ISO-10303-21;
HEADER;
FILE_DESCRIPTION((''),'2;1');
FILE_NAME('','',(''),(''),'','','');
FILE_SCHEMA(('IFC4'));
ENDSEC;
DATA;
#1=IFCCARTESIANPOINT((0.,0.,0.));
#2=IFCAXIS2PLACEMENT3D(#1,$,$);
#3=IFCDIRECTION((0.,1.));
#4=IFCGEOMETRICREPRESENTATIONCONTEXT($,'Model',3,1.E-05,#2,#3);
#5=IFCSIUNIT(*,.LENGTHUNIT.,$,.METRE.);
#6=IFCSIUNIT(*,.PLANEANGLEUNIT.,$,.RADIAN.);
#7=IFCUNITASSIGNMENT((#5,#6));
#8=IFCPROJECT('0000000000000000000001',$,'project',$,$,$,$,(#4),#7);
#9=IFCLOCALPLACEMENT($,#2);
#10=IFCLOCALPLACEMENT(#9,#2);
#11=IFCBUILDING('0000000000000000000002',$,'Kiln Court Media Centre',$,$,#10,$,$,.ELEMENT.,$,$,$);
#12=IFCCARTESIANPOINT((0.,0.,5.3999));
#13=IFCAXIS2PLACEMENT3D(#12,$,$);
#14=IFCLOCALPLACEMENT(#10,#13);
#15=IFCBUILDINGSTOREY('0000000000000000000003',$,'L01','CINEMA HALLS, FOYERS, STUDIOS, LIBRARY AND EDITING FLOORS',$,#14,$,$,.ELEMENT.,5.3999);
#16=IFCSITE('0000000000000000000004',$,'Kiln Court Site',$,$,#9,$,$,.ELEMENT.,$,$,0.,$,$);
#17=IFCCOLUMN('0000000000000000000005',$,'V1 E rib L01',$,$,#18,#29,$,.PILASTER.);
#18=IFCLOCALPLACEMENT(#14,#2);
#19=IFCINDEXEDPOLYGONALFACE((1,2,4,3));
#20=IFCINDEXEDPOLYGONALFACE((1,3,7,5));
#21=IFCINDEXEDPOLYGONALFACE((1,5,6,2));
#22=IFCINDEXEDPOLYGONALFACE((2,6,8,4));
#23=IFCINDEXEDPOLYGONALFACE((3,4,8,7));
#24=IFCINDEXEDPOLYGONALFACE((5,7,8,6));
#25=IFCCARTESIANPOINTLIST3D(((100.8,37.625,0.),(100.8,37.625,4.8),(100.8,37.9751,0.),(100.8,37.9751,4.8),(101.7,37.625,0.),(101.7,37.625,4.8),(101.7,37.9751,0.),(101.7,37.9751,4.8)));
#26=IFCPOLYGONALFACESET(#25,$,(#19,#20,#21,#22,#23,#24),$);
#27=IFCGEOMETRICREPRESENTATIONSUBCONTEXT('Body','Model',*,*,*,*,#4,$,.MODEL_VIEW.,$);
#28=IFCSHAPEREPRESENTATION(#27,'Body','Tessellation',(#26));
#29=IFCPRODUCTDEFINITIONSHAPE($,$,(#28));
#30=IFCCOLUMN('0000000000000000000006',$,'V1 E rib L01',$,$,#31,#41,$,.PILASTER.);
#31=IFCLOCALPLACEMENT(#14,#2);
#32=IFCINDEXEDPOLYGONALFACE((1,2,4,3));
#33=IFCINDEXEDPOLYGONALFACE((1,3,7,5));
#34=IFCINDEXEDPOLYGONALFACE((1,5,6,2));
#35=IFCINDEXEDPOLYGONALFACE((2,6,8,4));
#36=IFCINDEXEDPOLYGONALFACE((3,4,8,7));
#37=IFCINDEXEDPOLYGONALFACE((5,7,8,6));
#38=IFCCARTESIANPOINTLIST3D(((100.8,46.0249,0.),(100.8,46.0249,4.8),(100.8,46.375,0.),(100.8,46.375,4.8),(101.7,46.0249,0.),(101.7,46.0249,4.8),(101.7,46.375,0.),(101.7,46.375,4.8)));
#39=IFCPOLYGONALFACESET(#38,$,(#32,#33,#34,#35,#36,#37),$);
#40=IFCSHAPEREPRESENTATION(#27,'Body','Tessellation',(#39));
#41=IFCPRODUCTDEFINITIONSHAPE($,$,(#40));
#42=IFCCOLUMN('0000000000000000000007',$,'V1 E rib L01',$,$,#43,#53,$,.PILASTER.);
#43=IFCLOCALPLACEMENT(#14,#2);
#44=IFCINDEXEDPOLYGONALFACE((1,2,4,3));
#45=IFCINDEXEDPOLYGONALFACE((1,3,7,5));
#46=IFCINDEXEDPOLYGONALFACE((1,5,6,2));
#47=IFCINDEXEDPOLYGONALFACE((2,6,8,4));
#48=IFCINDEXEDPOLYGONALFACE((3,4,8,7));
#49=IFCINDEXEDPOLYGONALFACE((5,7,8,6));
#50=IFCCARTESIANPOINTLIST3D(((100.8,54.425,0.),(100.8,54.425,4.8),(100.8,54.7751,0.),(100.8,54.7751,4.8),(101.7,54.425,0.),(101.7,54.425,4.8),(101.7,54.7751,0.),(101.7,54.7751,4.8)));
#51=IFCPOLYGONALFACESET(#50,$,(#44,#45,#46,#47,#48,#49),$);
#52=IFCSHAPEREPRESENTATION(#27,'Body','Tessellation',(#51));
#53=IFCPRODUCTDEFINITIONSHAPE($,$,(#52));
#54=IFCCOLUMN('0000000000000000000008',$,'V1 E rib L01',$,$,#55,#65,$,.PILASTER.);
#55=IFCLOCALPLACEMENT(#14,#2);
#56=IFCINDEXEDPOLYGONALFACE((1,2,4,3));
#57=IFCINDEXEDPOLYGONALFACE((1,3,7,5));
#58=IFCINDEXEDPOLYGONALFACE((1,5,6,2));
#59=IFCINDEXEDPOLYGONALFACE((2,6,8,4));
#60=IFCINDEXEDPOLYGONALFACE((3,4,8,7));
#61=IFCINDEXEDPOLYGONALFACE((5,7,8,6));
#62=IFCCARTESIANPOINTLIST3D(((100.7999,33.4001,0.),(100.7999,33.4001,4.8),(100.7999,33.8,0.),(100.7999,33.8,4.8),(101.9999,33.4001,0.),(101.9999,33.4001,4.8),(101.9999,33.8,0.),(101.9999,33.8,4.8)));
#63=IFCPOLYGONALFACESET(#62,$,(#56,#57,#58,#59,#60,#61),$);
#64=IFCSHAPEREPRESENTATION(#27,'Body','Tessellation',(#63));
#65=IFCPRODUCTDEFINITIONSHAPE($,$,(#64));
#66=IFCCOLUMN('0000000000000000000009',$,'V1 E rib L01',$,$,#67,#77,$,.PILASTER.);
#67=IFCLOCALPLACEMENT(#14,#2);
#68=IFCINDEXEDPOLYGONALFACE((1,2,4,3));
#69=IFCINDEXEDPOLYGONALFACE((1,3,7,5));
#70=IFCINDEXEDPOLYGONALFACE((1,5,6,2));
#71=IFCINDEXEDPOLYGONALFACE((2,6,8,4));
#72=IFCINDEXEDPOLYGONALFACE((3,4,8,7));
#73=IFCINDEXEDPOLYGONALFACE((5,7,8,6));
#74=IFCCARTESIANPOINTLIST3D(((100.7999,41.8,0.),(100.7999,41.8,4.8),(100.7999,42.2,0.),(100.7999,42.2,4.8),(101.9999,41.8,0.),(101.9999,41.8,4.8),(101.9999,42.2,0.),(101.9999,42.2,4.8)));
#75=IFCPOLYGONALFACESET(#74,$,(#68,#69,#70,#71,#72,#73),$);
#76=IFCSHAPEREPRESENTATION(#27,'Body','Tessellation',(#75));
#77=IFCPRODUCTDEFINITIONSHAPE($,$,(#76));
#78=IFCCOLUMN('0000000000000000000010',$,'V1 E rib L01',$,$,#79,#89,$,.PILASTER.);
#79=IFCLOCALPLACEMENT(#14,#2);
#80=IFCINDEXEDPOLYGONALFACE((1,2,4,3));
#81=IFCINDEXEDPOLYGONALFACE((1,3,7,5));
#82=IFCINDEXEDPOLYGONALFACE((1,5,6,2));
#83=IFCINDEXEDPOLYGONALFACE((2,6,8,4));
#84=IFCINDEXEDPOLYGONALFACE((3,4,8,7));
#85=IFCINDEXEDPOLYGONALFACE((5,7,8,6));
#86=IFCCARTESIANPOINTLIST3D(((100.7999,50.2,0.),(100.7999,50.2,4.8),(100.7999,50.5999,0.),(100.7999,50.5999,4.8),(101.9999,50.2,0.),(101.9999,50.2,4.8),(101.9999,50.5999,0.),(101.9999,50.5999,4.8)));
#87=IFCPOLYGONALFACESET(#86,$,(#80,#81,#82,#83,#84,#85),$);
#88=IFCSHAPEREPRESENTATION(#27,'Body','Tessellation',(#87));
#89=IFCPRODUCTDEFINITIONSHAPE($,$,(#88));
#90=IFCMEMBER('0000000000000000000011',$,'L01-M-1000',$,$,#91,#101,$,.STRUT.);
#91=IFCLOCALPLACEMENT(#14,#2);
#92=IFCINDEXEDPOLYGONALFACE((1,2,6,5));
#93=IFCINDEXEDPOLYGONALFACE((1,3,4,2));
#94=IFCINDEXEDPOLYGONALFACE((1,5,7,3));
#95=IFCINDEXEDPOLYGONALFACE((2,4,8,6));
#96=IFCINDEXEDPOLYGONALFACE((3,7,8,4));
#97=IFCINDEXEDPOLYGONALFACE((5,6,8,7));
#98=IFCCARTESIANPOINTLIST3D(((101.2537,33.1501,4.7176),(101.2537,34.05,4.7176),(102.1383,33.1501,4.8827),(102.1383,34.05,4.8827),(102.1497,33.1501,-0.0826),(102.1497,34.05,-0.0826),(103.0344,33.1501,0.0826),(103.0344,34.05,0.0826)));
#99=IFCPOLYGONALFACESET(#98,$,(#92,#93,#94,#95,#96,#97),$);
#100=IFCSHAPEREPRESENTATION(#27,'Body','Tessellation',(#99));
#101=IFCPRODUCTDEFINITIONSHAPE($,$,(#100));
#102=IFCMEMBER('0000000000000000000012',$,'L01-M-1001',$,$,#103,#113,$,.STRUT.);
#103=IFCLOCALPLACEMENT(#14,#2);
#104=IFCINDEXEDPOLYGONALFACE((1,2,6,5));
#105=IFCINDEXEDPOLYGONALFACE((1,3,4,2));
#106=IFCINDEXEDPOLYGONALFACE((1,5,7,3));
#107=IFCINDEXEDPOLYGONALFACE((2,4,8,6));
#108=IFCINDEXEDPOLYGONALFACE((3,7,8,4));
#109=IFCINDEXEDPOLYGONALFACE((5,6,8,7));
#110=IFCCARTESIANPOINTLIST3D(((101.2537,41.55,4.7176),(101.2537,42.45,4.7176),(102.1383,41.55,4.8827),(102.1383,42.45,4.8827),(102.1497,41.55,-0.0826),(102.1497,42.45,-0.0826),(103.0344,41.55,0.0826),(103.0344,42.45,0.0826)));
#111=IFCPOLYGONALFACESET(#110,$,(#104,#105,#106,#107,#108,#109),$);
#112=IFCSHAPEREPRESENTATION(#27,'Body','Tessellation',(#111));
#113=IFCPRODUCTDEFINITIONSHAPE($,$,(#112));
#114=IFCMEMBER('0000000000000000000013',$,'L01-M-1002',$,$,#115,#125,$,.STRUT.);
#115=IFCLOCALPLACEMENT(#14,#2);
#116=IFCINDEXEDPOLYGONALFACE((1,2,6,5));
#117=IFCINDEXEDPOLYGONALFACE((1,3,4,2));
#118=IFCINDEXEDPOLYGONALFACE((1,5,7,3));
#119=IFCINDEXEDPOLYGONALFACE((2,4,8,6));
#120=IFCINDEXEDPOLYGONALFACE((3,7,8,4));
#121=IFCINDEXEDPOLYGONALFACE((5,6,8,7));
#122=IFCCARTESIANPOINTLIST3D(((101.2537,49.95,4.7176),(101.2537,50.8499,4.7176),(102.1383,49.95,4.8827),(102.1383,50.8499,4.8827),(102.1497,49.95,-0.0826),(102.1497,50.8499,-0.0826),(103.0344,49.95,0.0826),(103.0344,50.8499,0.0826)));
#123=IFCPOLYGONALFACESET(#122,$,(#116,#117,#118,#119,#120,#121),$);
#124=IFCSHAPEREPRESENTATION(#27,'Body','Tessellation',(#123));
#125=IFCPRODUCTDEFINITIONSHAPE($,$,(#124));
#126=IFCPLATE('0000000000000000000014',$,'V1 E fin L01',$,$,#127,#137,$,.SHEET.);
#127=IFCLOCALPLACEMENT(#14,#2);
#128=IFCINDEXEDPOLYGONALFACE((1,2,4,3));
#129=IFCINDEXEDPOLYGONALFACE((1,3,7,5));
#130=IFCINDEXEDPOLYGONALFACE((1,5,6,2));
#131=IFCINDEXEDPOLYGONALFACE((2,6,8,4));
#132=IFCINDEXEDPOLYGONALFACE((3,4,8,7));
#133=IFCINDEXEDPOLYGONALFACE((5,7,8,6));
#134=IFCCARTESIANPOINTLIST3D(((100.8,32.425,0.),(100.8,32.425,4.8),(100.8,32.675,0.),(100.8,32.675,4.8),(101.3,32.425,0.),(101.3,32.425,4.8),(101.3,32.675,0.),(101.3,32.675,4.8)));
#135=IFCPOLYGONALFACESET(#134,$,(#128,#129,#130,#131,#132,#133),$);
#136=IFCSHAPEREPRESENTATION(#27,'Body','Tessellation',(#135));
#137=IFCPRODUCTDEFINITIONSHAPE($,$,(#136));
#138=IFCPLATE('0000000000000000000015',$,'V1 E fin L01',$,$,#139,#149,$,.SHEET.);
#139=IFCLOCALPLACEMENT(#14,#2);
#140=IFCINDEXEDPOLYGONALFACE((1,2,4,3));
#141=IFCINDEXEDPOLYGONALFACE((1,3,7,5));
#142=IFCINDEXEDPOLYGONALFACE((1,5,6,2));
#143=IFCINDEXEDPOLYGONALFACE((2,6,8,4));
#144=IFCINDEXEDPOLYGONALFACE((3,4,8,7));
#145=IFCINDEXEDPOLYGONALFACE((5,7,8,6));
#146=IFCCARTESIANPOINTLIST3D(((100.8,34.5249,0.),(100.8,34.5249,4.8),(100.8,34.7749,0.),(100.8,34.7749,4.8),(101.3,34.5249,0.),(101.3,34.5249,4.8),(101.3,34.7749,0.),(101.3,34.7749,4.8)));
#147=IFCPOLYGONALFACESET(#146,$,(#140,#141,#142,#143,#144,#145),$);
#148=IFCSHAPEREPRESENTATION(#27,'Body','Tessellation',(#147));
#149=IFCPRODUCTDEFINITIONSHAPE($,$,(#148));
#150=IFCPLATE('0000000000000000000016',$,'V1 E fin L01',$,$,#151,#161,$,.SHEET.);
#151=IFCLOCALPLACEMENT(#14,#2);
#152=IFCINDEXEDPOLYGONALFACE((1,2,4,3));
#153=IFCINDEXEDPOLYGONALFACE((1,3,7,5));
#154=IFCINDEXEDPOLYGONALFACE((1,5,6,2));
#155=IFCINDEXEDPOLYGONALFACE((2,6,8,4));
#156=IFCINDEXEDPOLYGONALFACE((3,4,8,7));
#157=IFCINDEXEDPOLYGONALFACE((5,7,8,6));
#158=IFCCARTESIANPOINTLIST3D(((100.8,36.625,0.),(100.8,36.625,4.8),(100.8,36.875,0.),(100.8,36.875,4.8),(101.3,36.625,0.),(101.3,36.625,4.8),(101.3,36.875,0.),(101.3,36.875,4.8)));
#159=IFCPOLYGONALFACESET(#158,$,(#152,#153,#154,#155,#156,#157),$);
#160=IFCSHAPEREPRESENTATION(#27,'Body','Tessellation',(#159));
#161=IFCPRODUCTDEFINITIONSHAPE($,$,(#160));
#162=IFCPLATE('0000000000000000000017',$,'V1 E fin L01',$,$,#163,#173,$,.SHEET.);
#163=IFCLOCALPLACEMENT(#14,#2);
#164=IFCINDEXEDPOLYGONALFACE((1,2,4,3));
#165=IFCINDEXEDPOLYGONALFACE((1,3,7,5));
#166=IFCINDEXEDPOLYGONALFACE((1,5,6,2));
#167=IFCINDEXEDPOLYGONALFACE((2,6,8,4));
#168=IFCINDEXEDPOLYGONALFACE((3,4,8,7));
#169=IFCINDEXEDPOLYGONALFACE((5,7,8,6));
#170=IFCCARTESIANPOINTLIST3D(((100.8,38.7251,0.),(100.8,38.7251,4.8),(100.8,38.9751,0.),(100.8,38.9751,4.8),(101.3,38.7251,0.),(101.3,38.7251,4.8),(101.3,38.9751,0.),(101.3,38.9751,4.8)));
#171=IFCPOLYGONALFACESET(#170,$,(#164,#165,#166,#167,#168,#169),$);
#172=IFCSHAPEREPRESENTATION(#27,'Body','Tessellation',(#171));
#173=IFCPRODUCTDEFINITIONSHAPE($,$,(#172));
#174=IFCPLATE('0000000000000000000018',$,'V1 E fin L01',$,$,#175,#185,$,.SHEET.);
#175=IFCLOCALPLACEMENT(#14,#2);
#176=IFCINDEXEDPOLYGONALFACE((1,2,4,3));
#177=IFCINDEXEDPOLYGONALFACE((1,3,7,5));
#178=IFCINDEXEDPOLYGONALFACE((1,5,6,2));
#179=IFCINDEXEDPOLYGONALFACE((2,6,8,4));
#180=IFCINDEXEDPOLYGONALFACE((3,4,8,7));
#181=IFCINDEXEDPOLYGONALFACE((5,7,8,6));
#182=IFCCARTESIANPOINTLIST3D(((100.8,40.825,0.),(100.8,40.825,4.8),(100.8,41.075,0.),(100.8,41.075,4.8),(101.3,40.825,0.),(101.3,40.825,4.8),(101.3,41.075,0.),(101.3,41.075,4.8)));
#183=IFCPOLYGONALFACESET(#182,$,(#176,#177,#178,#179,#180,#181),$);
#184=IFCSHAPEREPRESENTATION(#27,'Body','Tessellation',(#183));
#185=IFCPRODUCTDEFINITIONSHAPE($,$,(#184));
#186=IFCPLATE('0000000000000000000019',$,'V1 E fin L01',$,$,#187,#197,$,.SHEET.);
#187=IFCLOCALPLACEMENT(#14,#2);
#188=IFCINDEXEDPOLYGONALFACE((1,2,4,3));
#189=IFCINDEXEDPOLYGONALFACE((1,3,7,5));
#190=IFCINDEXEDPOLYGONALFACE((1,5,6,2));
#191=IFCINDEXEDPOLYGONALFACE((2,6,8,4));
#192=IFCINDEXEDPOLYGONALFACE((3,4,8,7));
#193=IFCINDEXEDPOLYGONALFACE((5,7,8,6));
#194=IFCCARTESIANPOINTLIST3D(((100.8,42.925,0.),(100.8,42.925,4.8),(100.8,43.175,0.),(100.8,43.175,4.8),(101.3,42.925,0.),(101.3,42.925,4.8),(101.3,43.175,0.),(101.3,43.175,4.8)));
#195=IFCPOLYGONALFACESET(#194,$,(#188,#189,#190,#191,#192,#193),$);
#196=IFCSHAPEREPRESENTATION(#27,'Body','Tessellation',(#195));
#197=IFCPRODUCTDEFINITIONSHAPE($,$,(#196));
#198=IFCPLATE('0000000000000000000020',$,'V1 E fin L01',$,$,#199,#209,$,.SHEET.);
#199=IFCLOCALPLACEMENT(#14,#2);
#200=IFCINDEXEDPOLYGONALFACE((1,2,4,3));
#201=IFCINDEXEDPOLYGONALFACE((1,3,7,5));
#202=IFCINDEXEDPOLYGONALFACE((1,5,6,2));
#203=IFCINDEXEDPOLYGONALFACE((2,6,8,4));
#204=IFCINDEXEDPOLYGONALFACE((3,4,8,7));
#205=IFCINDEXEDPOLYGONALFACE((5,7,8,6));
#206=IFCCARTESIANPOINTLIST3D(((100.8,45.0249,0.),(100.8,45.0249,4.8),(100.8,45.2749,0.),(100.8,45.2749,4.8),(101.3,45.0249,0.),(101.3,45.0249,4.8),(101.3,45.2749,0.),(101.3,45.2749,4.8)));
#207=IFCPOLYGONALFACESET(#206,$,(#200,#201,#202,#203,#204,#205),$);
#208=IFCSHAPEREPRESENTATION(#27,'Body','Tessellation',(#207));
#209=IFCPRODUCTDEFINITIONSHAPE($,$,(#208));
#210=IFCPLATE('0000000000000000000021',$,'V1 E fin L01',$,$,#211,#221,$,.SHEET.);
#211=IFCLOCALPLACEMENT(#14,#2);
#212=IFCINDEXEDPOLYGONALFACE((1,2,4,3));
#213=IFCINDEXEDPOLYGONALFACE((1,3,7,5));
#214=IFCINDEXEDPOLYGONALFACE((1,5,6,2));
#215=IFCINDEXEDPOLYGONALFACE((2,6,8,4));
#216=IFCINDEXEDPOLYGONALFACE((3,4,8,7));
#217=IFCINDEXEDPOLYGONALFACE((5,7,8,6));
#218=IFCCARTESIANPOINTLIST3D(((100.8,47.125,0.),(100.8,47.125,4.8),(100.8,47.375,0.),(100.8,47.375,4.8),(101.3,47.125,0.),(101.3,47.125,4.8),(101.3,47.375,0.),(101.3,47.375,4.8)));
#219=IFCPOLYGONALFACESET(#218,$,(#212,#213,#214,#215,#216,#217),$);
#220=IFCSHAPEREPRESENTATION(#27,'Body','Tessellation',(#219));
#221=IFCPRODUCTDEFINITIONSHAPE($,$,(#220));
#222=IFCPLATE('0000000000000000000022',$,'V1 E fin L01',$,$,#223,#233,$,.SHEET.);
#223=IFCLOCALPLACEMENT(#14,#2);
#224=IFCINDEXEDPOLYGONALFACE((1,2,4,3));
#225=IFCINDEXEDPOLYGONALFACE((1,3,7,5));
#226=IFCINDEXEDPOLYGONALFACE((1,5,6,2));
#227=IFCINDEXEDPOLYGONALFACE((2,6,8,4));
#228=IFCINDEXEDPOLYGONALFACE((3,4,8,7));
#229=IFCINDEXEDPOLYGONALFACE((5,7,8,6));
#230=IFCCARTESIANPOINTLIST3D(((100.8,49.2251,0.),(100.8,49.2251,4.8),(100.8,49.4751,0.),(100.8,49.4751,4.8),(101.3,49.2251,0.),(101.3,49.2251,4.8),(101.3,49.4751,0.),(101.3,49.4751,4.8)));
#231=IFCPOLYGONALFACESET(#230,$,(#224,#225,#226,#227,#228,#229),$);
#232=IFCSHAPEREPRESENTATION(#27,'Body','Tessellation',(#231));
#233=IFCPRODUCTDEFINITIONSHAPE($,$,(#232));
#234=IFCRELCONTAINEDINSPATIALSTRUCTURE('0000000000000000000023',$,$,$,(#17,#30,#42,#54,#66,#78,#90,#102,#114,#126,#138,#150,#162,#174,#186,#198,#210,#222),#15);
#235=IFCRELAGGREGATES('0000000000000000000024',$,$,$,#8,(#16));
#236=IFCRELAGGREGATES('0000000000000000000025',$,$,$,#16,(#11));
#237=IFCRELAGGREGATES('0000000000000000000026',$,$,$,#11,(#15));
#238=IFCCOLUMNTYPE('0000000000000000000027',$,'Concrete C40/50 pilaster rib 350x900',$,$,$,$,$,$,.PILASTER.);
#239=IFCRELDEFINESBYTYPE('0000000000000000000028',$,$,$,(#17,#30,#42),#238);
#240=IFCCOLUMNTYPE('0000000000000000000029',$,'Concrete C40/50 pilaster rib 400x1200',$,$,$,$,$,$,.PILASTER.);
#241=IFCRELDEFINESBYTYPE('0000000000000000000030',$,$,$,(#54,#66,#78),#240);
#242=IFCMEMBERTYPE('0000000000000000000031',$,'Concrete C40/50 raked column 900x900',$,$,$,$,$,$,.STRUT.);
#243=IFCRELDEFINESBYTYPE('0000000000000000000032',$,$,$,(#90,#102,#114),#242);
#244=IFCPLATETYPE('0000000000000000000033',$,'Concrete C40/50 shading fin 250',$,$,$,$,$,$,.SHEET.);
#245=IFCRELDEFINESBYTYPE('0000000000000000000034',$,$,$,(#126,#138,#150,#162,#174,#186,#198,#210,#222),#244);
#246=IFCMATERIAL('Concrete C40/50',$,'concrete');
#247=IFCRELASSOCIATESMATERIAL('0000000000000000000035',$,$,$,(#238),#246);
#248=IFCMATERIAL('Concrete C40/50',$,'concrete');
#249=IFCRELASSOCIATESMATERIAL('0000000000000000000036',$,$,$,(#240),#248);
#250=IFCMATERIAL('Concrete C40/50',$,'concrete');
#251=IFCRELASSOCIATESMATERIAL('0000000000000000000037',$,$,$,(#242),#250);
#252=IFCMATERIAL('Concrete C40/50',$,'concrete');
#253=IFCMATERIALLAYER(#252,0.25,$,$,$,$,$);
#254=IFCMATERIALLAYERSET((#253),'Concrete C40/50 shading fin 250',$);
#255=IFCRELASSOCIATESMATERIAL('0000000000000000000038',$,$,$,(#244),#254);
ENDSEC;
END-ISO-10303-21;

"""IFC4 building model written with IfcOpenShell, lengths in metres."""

from ifc_helpers import new_model, si_unit, direction, frame, origin, origin_2d, place, context, subcontext, project, spatial, rectangle, extrude, material, layer, layer_set, material_profile, profile_set, type_object, element, save


model = new_model("IFC4")

# Units and contexts
model_context = context("Model", 3, precision=1e-05, world=origin(), true_north=direction((0.0, 1.0)))
body_context = subcontext(model_context, "Body", "Model", "MODEL_VIEW")
ifc_project = project(units=[si_unit("LENGTHUNIT", "METRE"), si_unit("PLANEANGLEUNIT", "RADIAN")], contexts=[model_context])

# Site, building, storey
site_placement = place(None, origin())
site = spatial("IfcSite", under=ifc_project, at=site_placement, Name="Kiln Court Site", CompositionType="ELEMENT", RefElevation=0.0)
building_placement = place(site_placement, origin())
building = spatial("IfcBuilding", under=site, at=building_placement, Name="Kiln Court Media Centre", CompositionType="ELEMENT")
storey_placement = place(building_placement, frame((0.0, 0.0, 5.3999)))
storey = spatial("IfcBuildingStorey", under=building, at=storey_placement, Name="L01", Description="CINEMA HALLS, FOYERS, STUDIOS, LIBRARY AND EDITING FLOORS", CompositionType="ELEMENT", Elevation=5.3999)

# Columns
ifc_material_1 = material(Name="Concrete C40/50", Category="concrete")
ifc_material_profile_1 = material_profile(ifc_material_1, rectangle(XDim=0.3501, YDim=0.8999, at=origin_2d()), Name="RC 350x900")
ifc_profile_set_1 = profile_set([ifc_material_profile_1], Name="Concrete C40/50")
column_type_1 = type_object("IfcColumnType", Name="Concrete C40/50 pilaster rib 350x900", PredefinedType="PILASTER", material=ifc_profile_set_1)
for number, where, z_axis, x_axis, name in (
    (1, (101.25, 37.8, 0.0), (0.0, 0.0, 1.0), (0.0, 1.0, 0.0), "V1 E rib L01"),
    (2, (101.25, 46.2, 0.0), (0.0, 0.0, 1.0), (0.0, 1.0, 0.0), "V1 E rib L01"),
    (3, (101.25, 54.6001, 0.0), (0.0, 0.0, 1.0), (0.0, 1.0, 0.0), "V1 E rib L01"),
):
    element("IfcColumn", number, at=place(storey_placement, frame(where, z_axis=z_axis, x_axis=x_axis)), inside=storey, type_object=column_type_1, Name=name, PredefinedType="PILASTER", context=body_context, shape_type="SweptSolid", body=[
        extrude(rectangle(XDim=0.3501, YDim=0.8999, at=origin_2d()), origin(), (0.0, 0.0, 1.0), 4.8),
    ])
ifc_material_2 = material(Name="Concrete C40/50", Category="concrete")
ifc_material_profile_2 = material_profile(ifc_material_2, rectangle(XDim=0.3999, YDim=1.2, at=origin_2d()), Name="RC 400x1200")
ifc_profile_set_2 = profile_set([ifc_material_profile_2], Name="Concrete C40/50")
column_type_2 = type_object("IfcColumnType", Name="Concrete C40/50 pilaster rib 400x1200", PredefinedType="PILASTER", material=ifc_profile_set_2)
for number, where, z_axis, x_axis, name in (
    (4, (101.3999, 33.6001, 0.0), (0.0, 0.0, 1.0), (0.0, 1.0, 0.0), "V1 E rib L01"),
    (5, (101.3999, 42.0, 0.0), (0.0, 0.0, 1.0), (0.0, 1.0, 0.0), "V1 E rib L01"),
    (6, (101.3999, 50.3999, 0.0), (0.0, 0.0, 1.0), (0.0, 1.0, 0.0), "V1 E rib L01"),
):
    element("IfcColumn", number, at=place(storey_placement, frame(where, z_axis=z_axis, x_axis=x_axis)), inside=storey, type_object=column_type_2, Name=name, PredefinedType="PILASTER", context=body_context, shape_type="SweptSolid", body=[
        extrude(rectangle(XDim=0.3999, YDim=1.2, at=origin_2d()), origin(), (0.0, 0.0, 1.0), 4.8),
    ])

# Members
ifc_material_3 = material(Name="Concrete C40/50", Category="concrete")
ifc_material_profile_3 = material_profile(ifc_material_3, rectangle(XDim=0.8999, YDim=0.8999, at=origin_2d()), Name="RC 900x900")
ifc_profile_set_3 = profile_set([ifc_material_profile_3], Name="Concrete C40/50")
member_type = type_object("IfcMemberType", Name="Concrete C40/50 raked column 900x900", PredefinedType="STRUT", material=ifc_profile_set_3)
for number, where, z_axis, x_axis, name in (
    (7, (102.592, 33.6001, 0.0), (-0.183495, 0.0, 0.983021), (0.0, -1.0, 0.0), "L01-M-1000"),
    (8, (102.592, 42.0, 0.0), (-0.183495, 0.0, 0.983021), (0.0, -1.0, 0.0), "L01-M-1001"),
    (9, (102.592, 50.3999, 0.0), (-0.183495, 0.0, 0.983021), (0.0, -1.0, 0.0), "L01-M-1002"),
):
    element("IfcMember", number, at=place(storey_placement, frame(where, z_axis=z_axis, x_axis=x_axis)), inside=storey, type_object=member_type, Name=name, PredefinedType="STRUT", context=body_context, shape_type="SweptSolid", body=[
        extrude(rectangle(XDim=0.8999, YDim=0.8999, at=origin_2d()), origin(), (0.0, 0.0, 1.0), 4.8831),
    ])

# Plates
ifc_material_4 = material(Name="Concrete C40/50", Category="concrete")
ifc_layer_1 = layer(ifc_material_4, 0.25)
ifc_layer_set_1 = layer_set([ifc_layer_1], Name="Concrete C40/50 shading fin 250")
plate_type = type_object("IfcPlateType", Name="Concrete C40/50 shading fin 250", PredefinedType="SHEET", material=ifc_layer_set_1)
for number, where, z_axis, x_axis, name in (
    (10, (101.05, 32.55, 0.0), (0.0, 0.0, 1.0), (1.0, 0.0, 0.0), "V1 E fin L01"),
    (11, (101.05, 34.6499, 0.0), (0.0, 0.0, 1.0), (1.0, 0.0, 0.0), "V1 E fin L01"),
    (12, (101.05, 36.75, 0.0), (0.0, 0.0, 1.0), (1.0, 0.0, 0.0), "V1 E fin L01"),
    (13, (101.05, 38.8501, 0.0), (0.0, 0.0, 1.0), (1.0, 0.0, 0.0), "V1 E fin L01"),
    (14, (101.05, 40.95, 0.0), (0.0, 0.0, 1.0), (1.0, 0.0, 0.0), "V1 E fin L01"),
    (15, (101.05, 43.05, 0.0), (0.0, 0.0, 1.0), (1.0, 0.0, 0.0), "V1 E fin L01"),
    (16, (101.05, 45.1499, 0.0), (0.0, 0.0, 1.0), (1.0, 0.0, 0.0), "V1 E fin L01"),
    (17, (101.05, 47.25, 0.0), (0.0, 0.0, 1.0), (1.0, 0.0, 0.0), "V1 E fin L01"),
    (18, (101.05, 49.3501, 0.0), (0.0, 0.0, 1.0), (1.0, 0.0, 0.0), "V1 E fin L01"),
):
    element("IfcPlate", number, at=place(storey_placement, frame(where, z_axis=z_axis, x_axis=x_axis)), inside=storey, type_object=plate_type, Name=name, PredefinedType="SHEET", context=body_context, shape_type="SweptSolid", body=[
        extrude(rectangle(XDim=0.5, YDim=0.25, at=origin_2d()), origin(), (0.0, 0.0, 1.0), 4.8),
    ])

save(model, "model.ifc")
